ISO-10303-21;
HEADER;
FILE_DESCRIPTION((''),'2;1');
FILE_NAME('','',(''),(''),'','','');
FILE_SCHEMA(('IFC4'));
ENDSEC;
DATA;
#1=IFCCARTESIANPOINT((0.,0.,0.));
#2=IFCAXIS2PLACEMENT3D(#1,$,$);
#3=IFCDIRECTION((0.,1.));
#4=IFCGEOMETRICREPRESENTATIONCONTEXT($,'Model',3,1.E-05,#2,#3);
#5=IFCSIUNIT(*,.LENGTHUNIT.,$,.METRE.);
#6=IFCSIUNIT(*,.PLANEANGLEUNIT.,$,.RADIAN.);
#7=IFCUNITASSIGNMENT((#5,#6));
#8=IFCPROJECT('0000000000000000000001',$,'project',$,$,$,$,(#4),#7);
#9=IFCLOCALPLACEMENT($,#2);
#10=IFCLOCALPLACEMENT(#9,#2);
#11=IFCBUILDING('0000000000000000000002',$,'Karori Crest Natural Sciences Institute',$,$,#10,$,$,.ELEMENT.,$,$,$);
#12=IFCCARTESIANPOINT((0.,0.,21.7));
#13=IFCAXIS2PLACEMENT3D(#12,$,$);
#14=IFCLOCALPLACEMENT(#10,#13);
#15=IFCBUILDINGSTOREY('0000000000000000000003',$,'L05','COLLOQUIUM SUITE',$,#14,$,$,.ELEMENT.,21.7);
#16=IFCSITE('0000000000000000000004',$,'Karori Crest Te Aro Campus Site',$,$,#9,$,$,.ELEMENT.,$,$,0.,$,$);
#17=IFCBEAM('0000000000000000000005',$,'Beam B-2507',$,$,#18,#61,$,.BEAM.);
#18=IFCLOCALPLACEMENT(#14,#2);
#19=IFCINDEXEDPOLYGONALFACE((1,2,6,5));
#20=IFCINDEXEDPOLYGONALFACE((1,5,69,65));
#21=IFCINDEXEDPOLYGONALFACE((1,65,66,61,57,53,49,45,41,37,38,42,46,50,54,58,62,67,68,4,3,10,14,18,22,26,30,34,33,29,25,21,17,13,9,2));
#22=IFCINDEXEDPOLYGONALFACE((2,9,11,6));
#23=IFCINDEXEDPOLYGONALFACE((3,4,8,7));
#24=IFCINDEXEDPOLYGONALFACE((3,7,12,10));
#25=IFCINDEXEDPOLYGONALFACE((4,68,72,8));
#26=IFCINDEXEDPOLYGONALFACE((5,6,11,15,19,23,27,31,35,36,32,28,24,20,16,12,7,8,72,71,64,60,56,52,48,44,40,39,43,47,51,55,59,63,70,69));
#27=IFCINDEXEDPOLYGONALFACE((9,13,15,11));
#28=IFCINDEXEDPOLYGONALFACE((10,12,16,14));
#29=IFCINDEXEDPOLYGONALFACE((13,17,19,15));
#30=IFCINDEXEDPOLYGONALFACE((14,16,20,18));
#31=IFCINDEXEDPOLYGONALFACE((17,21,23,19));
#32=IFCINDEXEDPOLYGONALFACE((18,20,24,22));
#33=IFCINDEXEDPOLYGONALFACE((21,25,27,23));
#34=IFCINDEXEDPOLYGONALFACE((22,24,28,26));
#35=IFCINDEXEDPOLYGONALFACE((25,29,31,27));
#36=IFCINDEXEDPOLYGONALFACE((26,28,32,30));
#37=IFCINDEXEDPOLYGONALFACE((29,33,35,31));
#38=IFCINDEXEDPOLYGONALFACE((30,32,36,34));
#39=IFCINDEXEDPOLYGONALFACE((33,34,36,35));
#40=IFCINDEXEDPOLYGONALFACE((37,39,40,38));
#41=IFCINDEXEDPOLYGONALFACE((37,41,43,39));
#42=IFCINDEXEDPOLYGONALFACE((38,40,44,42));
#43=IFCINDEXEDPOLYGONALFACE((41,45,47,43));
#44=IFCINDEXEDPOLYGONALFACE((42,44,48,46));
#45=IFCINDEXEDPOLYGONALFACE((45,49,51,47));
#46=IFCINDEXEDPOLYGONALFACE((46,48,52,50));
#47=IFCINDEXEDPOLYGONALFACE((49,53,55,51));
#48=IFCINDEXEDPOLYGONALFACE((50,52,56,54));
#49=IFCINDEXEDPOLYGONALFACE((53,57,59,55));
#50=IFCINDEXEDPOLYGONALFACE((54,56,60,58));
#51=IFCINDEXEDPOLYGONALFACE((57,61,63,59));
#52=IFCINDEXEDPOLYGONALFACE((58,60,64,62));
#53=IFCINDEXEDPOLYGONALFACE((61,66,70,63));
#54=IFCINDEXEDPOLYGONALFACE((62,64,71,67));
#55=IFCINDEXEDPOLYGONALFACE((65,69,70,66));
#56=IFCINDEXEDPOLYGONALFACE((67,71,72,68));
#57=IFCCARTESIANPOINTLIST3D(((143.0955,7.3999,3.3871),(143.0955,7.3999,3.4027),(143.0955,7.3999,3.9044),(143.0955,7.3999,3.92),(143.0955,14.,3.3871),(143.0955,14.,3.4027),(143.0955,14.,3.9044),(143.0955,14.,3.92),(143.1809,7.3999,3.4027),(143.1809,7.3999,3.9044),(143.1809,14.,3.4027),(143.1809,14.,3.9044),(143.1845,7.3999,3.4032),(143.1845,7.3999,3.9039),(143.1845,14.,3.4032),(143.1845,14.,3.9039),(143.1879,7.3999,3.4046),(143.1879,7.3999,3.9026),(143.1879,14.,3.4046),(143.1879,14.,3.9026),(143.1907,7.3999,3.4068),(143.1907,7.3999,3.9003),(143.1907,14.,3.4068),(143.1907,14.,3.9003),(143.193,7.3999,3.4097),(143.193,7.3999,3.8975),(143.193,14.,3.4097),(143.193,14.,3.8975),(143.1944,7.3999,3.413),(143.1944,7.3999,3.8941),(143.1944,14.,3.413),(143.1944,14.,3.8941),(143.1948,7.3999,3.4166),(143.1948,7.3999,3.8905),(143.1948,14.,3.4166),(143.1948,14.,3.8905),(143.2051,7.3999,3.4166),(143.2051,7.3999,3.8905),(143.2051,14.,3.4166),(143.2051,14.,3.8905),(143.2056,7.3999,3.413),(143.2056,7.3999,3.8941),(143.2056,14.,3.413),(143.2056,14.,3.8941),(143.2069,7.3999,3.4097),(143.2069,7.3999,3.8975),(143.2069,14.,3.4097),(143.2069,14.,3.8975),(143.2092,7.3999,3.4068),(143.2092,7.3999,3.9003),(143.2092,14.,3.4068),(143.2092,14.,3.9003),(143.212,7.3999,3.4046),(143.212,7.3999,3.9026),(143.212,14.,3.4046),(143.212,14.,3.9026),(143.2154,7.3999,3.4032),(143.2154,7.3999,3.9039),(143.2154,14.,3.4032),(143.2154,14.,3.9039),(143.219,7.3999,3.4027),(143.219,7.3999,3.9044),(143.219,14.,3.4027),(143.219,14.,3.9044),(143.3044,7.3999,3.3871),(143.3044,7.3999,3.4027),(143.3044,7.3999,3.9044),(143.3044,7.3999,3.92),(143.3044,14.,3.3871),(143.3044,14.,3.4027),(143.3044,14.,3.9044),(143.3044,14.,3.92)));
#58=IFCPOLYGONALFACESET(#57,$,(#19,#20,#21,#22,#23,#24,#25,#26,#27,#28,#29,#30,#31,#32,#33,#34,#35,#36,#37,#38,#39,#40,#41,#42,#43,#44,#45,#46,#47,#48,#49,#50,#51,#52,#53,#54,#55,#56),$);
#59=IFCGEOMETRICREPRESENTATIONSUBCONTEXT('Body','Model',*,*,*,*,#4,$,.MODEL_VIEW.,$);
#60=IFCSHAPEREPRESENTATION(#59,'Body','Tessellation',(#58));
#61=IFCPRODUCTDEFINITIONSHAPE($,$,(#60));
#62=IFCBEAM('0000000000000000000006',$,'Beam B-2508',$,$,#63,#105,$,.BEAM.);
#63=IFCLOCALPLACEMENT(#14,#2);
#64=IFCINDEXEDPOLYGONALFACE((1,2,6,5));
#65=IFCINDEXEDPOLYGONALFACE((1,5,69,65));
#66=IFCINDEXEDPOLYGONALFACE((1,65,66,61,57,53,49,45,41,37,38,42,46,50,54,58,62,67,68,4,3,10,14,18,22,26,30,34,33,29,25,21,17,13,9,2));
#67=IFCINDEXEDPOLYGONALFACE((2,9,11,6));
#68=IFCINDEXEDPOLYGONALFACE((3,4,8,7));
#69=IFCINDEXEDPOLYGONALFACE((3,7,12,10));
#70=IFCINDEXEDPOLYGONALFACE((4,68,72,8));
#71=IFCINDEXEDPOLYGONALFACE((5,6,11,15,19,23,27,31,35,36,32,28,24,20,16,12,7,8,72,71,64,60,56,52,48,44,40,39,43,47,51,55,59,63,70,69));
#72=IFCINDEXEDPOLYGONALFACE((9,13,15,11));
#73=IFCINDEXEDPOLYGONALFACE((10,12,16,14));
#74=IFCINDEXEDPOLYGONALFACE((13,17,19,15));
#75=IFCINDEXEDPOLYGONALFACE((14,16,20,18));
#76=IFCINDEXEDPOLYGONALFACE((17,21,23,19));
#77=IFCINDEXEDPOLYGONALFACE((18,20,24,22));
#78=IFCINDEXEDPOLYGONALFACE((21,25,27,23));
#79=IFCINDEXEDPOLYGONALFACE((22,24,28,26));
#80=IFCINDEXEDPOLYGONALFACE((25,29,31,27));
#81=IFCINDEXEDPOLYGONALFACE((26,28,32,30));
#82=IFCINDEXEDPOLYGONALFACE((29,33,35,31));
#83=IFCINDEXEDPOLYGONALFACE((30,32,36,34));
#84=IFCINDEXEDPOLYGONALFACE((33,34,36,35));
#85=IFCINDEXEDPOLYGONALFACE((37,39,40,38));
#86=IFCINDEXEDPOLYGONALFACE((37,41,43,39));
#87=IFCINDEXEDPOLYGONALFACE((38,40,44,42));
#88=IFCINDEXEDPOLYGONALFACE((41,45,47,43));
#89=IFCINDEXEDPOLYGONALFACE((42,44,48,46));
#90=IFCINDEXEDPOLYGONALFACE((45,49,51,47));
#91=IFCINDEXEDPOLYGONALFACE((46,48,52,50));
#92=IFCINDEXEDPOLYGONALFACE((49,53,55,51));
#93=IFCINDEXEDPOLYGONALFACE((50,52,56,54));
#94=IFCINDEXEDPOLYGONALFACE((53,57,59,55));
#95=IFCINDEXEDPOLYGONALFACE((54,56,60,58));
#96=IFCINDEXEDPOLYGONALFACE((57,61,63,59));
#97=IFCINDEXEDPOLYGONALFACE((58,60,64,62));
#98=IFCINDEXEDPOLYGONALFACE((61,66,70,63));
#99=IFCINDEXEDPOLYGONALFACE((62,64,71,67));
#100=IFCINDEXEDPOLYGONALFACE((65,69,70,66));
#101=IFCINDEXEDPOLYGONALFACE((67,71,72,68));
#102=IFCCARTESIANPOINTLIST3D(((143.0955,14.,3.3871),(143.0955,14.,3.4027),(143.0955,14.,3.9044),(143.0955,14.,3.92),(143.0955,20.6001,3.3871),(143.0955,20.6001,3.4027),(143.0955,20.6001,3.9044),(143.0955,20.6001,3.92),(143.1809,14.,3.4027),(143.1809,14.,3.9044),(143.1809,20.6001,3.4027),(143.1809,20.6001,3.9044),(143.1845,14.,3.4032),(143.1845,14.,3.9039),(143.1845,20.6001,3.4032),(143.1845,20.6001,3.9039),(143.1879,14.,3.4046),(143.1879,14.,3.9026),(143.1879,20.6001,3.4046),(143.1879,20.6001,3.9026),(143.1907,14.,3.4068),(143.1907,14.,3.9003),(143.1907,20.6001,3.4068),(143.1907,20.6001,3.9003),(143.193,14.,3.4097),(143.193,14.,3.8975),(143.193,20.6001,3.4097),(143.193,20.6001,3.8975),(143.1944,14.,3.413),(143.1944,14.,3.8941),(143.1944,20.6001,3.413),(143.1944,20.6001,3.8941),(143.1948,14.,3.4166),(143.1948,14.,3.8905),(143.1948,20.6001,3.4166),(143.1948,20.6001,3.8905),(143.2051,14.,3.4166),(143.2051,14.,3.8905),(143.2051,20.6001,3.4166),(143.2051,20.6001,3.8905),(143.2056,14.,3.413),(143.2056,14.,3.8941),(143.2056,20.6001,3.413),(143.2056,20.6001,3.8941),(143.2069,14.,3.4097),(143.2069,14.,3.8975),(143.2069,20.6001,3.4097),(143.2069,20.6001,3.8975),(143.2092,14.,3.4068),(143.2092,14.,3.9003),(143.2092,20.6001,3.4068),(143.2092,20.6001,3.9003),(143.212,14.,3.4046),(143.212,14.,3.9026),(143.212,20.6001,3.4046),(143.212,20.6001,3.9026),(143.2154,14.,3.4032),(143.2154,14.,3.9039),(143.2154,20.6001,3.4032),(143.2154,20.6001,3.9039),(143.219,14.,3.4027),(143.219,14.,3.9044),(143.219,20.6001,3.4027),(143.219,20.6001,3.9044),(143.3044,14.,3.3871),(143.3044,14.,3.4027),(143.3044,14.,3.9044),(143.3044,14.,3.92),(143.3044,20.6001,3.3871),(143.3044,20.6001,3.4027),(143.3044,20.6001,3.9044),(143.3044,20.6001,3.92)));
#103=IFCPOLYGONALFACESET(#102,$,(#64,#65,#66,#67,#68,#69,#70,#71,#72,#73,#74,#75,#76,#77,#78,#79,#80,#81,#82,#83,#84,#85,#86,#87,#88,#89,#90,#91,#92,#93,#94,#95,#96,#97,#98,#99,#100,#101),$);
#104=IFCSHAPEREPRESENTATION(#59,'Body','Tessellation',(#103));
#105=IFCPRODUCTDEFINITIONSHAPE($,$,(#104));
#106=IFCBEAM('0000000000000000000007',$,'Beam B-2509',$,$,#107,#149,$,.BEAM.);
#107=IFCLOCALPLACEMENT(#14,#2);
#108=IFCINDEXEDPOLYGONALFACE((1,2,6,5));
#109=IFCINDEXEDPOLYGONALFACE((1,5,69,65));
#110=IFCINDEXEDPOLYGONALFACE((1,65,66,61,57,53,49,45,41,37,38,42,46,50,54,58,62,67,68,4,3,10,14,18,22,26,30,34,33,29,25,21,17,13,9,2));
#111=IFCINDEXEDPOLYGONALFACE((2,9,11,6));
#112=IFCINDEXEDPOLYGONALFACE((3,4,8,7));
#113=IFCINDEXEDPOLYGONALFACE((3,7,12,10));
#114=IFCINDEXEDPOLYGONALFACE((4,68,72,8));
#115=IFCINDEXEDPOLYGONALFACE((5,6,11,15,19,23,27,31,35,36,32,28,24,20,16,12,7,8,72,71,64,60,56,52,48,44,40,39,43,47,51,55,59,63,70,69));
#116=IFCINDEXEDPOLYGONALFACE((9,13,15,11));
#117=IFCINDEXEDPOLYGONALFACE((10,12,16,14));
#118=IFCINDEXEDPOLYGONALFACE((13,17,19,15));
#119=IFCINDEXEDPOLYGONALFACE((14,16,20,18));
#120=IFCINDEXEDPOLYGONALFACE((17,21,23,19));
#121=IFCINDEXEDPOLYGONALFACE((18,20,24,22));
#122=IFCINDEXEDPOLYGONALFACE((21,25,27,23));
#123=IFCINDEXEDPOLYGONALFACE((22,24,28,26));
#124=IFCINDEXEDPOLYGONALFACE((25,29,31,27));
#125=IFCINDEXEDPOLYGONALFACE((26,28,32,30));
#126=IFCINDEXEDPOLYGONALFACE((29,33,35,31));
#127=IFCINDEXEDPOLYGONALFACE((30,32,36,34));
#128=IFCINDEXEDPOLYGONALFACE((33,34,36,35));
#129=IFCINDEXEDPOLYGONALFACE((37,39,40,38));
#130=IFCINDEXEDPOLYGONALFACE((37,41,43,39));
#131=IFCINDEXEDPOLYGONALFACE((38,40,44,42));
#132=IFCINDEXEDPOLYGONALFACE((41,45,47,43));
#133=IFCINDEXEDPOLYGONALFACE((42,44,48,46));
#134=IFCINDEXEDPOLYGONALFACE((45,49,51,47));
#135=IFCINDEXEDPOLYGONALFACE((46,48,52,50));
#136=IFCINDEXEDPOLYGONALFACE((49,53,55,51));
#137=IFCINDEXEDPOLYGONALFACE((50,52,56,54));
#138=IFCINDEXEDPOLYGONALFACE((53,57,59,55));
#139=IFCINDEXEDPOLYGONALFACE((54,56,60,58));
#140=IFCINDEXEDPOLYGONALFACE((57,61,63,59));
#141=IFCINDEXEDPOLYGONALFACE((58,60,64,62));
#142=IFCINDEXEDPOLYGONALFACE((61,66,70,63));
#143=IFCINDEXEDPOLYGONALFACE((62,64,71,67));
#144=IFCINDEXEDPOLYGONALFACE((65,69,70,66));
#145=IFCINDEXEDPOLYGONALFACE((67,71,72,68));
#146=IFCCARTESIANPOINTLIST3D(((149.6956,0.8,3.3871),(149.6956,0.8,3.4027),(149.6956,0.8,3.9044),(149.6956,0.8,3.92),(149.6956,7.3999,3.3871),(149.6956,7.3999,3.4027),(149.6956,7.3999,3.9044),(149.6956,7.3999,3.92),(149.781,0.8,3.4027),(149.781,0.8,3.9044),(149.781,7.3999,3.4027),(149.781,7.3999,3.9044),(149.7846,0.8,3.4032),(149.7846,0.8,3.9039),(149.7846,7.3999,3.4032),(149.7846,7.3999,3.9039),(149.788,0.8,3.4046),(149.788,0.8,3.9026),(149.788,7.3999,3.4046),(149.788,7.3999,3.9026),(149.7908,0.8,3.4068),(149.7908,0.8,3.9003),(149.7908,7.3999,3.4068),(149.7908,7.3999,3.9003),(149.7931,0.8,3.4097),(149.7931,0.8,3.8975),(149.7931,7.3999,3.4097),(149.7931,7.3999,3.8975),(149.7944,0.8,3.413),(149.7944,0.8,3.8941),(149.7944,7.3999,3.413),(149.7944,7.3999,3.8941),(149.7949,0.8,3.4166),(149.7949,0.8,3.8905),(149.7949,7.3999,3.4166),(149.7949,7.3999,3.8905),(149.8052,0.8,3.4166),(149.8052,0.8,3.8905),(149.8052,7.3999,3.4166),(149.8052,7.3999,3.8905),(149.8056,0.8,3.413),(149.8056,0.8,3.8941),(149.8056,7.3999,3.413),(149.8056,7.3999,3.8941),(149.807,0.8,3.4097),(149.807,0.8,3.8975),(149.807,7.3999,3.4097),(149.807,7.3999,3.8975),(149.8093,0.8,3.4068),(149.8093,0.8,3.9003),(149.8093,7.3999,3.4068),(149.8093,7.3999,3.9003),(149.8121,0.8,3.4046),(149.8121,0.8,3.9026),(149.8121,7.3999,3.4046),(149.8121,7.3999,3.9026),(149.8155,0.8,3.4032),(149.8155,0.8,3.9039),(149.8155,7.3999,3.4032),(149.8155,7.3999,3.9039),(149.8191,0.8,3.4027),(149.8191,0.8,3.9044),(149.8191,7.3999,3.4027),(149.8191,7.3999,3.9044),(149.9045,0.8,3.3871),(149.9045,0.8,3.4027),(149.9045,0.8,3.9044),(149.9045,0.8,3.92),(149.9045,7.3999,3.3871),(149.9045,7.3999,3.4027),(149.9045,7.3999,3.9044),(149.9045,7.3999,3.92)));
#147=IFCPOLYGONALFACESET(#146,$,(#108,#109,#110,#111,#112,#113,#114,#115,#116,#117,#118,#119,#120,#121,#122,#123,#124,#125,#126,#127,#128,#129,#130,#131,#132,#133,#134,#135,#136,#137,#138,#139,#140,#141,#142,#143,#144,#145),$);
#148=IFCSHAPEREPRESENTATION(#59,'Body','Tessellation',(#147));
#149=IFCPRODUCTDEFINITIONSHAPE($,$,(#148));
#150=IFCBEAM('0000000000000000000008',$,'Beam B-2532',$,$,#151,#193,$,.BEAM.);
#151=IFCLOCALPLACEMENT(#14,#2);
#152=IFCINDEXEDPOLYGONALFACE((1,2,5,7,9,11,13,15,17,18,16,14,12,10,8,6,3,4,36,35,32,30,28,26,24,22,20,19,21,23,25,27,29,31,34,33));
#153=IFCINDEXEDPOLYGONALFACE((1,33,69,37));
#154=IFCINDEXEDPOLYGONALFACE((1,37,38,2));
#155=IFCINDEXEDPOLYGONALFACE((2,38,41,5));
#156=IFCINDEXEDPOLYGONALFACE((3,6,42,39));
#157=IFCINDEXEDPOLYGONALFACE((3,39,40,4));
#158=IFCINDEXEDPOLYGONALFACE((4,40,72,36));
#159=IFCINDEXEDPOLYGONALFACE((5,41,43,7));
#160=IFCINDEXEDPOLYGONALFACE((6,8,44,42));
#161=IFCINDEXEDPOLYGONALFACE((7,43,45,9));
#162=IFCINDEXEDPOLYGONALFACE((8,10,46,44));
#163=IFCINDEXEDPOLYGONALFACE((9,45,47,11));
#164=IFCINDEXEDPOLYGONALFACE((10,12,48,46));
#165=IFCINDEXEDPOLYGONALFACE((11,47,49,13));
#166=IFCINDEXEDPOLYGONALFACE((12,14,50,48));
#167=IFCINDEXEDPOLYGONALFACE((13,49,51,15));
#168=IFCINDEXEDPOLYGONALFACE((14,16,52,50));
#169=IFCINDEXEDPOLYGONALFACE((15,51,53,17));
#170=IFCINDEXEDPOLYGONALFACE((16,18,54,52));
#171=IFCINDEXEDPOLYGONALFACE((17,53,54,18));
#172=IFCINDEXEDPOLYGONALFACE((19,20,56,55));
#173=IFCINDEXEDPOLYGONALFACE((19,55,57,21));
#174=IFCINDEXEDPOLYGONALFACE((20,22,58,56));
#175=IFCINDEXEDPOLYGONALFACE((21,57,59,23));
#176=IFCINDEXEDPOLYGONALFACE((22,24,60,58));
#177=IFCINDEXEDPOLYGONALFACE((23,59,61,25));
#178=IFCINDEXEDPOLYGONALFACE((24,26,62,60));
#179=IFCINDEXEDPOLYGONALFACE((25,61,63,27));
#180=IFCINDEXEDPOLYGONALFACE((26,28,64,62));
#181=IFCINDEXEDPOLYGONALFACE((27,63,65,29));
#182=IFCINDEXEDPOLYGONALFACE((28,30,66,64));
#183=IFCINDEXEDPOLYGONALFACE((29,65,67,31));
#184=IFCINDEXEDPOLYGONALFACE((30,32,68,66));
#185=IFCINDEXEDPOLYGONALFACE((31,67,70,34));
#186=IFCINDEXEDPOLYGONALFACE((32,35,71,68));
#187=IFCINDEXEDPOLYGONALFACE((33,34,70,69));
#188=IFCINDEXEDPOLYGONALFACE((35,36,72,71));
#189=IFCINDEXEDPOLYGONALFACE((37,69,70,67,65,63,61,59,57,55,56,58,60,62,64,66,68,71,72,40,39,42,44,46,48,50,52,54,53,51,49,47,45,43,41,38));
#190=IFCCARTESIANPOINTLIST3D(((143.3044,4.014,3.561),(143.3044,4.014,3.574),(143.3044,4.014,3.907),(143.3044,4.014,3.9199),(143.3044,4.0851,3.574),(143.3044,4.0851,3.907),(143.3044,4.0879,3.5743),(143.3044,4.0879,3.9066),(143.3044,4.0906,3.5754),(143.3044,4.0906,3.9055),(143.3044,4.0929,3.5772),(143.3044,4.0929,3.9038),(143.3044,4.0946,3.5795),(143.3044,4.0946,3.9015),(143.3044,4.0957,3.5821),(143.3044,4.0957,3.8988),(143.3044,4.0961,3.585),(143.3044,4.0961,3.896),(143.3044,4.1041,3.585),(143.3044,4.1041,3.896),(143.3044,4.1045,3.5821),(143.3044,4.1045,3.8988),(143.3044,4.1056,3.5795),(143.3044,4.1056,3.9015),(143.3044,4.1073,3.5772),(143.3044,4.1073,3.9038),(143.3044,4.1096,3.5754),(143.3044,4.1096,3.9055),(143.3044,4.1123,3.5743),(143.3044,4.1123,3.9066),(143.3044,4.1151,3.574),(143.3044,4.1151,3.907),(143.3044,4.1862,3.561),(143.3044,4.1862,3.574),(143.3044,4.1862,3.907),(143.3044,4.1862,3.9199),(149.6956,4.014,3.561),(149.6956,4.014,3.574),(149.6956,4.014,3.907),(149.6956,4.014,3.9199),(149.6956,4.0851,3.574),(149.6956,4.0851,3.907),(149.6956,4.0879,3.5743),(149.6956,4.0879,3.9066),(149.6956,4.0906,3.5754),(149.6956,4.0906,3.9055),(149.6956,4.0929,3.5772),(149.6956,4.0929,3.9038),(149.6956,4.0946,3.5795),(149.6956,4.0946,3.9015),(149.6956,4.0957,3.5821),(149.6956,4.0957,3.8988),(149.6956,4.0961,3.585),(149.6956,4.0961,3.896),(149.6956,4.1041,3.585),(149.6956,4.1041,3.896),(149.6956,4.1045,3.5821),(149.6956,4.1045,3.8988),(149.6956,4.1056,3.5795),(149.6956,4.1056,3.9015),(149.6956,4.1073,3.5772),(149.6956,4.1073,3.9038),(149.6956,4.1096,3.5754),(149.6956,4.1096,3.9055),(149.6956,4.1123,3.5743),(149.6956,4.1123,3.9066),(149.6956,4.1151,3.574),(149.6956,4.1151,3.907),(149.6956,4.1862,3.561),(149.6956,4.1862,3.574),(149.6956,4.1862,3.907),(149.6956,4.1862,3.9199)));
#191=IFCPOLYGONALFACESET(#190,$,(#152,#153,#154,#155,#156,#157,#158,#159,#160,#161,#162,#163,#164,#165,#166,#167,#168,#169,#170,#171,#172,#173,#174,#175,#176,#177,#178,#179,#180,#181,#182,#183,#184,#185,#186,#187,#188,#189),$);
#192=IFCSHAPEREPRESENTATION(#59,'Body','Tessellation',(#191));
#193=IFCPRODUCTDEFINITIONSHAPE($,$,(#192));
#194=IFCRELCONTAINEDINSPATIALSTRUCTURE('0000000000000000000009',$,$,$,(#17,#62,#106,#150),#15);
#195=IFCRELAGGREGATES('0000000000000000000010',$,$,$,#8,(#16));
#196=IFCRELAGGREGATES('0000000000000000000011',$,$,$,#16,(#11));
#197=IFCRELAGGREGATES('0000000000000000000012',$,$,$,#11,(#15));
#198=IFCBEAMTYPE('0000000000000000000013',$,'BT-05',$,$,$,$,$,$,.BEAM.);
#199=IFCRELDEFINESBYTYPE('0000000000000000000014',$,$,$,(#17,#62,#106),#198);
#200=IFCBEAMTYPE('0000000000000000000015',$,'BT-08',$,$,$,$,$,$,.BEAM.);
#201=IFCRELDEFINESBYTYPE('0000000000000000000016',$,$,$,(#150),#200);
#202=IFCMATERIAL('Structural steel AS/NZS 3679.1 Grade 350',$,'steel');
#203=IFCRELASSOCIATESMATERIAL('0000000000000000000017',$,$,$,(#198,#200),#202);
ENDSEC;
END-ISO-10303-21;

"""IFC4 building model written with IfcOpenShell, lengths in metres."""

from ifc_helpers import new_model, si_unit, direction, frame, origin, origin_2d, place, context, subcontext, project, spatial, i_section, extrude, material, material_profile, profile_set, type_object, element, save


model = new_model("IFC4")

# Units and contexts
model_context = context("Model", 3, precision=1e-05, world=origin(), true_north=direction((0.0, 1.0)))
body_context = subcontext(model_context, "Body", "Model", "MODEL_VIEW")
ifc_project = project(units=[si_unit("LENGTHUNIT", "METRE"), si_unit("PLANEANGLEUNIT", "RADIAN")], contexts=[model_context])

# Site, building, storey
site_placement = place(None, origin())
site = spatial("IfcSite", under=ifc_project, at=site_placement, Name="Karori Crest Te Aro Campus Site", CompositionType="ELEMENT", RefElevation=0.0)
building_placement = place(site_placement, origin())
building = spatial("IfcBuilding", under=site, at=building_placement, Name="Karori Crest Natural Sciences Institute", CompositionType="ELEMENT")
storey_placement = place(building_placement, frame((0.0, 0.0, 21.7)))
storey = spatial("IfcBuildingStorey", under=building, at=storey_placement, Name="L05", Description="COLLOQUIUM SUITE", CompositionType="ELEMENT", Elevation=21.7)

# Shared definitions
ifc_material_1 = material(Name="Structural steel AS/NZS 3679.1 Grade 350", Category="steel")

# Beams
ifc_material_profile_1 = material_profile(ifc_material_1, i_section(OverallWidth=0.209, OverallDepth=0.533, WebThickness=0.0103, FlangeThickness=0.0156, FilletRadius=0.0139, at=origin_2d()), Name="530UB92.4")
ifc_profile_set_1 = profile_set([ifc_material_profile_1], Name="Structural steel AS/NZS 3679.1 Grade 350")
beam_type_1 = type_object("IfcBeamType", Name="BT-05", PredefinedType="BEAM", material=ifc_profile_set_1)
for number, where, z_axis, x_axis, name in (
    (1, (143.2, 7.3999, 3.6536), (0.0, 1.0, 0.0), (-1.0, 0.0, 0.0), "Beam B-2507"),
    (2, (143.2, 14.0, 3.6536), (0.0, 1.0, 0.0), (-1.0, 0.0, 0.0), "Beam B-2508"),
):
    element("IfcBeam", number, at=place(storey_placement, frame(where, z_axis=z_axis, x_axis=x_axis)), inside=storey, type_object=beam_type_1, Name=name, PredefinedType="BEAM", context=body_context, shape_type="SweptSolid", body=[
        extrude(i_section(OverallWidth=0.209, OverallDepth=0.533, WebThickness=0.0103, FlangeThickness=0.0156, FilletRadius=0.0139, at=origin_2d()), origin(), (0.0, 0.0, 1.0), 6.6001),
    ])
beam_1_placement = place(storey_placement, frame((149.8, 0.8, 3.6536), z_axis=(0.0, 1.0, 0.0), x_axis=(-1.0, 0.0, 0.0)))
element("IfcBeam", 3, at=beam_1_placement, inside=storey, type_object=beam_type_1, Name="Beam B-2509", PredefinedType="BEAM", context=body_context, shape_type="SweptSolid", body=[
    extrude(i_section(OverallWidth=0.209, OverallDepth=0.533, WebThickness=0.0103, FlangeThickness=0.0156, FilletRadius=0.0139, at=origin_2d()), origin(), (0.0, 0.0, 1.0), 6.5999),
])
ifc_material_profile_2 = material_profile(ifc_material_1, i_section(OverallWidth=0.1721, OverallDepth=0.3589, WebThickness=0.0081, FlangeThickness=0.0129, FilletRadius=0.011, at=origin_2d()), Name="360UB56.7")
ifc_profile_set_2 = profile_set([ifc_material_profile_2], Name="Structural steel AS/NZS 3679.1 Grade 350")
beam_type_2 = type_object("IfcBeamType", Name="BT-08", PredefinedType="BEAM", material=ifc_profile_set_2)
for number, where, z_axis, x_axis, name in (
    (4, (143.3044, 4.1001, 3.7405), (1.0, 0.0, 0.0), (0.0, 1.0, 0.0), "Beam B-2532"),
):
    element("IfcBeam", number, at=place(storey_placement, frame(where, z_axis=z_axis, x_axis=x_axis)), inside=storey, type_object=beam_type_2, Name=name, PredefinedType="BEAM", context=body_context, shape_type="SweptSolid", body=[
        extrude(i_section(OverallWidth=0.1721, OverallDepth=0.3589, WebThickness=0.0081, FlangeThickness=0.0129, FilletRadius=0.011, at=origin_2d()), origin(), (0.0, 0.0, 1.0), 6.3911),
    ])

save(model, "model.ifc")
